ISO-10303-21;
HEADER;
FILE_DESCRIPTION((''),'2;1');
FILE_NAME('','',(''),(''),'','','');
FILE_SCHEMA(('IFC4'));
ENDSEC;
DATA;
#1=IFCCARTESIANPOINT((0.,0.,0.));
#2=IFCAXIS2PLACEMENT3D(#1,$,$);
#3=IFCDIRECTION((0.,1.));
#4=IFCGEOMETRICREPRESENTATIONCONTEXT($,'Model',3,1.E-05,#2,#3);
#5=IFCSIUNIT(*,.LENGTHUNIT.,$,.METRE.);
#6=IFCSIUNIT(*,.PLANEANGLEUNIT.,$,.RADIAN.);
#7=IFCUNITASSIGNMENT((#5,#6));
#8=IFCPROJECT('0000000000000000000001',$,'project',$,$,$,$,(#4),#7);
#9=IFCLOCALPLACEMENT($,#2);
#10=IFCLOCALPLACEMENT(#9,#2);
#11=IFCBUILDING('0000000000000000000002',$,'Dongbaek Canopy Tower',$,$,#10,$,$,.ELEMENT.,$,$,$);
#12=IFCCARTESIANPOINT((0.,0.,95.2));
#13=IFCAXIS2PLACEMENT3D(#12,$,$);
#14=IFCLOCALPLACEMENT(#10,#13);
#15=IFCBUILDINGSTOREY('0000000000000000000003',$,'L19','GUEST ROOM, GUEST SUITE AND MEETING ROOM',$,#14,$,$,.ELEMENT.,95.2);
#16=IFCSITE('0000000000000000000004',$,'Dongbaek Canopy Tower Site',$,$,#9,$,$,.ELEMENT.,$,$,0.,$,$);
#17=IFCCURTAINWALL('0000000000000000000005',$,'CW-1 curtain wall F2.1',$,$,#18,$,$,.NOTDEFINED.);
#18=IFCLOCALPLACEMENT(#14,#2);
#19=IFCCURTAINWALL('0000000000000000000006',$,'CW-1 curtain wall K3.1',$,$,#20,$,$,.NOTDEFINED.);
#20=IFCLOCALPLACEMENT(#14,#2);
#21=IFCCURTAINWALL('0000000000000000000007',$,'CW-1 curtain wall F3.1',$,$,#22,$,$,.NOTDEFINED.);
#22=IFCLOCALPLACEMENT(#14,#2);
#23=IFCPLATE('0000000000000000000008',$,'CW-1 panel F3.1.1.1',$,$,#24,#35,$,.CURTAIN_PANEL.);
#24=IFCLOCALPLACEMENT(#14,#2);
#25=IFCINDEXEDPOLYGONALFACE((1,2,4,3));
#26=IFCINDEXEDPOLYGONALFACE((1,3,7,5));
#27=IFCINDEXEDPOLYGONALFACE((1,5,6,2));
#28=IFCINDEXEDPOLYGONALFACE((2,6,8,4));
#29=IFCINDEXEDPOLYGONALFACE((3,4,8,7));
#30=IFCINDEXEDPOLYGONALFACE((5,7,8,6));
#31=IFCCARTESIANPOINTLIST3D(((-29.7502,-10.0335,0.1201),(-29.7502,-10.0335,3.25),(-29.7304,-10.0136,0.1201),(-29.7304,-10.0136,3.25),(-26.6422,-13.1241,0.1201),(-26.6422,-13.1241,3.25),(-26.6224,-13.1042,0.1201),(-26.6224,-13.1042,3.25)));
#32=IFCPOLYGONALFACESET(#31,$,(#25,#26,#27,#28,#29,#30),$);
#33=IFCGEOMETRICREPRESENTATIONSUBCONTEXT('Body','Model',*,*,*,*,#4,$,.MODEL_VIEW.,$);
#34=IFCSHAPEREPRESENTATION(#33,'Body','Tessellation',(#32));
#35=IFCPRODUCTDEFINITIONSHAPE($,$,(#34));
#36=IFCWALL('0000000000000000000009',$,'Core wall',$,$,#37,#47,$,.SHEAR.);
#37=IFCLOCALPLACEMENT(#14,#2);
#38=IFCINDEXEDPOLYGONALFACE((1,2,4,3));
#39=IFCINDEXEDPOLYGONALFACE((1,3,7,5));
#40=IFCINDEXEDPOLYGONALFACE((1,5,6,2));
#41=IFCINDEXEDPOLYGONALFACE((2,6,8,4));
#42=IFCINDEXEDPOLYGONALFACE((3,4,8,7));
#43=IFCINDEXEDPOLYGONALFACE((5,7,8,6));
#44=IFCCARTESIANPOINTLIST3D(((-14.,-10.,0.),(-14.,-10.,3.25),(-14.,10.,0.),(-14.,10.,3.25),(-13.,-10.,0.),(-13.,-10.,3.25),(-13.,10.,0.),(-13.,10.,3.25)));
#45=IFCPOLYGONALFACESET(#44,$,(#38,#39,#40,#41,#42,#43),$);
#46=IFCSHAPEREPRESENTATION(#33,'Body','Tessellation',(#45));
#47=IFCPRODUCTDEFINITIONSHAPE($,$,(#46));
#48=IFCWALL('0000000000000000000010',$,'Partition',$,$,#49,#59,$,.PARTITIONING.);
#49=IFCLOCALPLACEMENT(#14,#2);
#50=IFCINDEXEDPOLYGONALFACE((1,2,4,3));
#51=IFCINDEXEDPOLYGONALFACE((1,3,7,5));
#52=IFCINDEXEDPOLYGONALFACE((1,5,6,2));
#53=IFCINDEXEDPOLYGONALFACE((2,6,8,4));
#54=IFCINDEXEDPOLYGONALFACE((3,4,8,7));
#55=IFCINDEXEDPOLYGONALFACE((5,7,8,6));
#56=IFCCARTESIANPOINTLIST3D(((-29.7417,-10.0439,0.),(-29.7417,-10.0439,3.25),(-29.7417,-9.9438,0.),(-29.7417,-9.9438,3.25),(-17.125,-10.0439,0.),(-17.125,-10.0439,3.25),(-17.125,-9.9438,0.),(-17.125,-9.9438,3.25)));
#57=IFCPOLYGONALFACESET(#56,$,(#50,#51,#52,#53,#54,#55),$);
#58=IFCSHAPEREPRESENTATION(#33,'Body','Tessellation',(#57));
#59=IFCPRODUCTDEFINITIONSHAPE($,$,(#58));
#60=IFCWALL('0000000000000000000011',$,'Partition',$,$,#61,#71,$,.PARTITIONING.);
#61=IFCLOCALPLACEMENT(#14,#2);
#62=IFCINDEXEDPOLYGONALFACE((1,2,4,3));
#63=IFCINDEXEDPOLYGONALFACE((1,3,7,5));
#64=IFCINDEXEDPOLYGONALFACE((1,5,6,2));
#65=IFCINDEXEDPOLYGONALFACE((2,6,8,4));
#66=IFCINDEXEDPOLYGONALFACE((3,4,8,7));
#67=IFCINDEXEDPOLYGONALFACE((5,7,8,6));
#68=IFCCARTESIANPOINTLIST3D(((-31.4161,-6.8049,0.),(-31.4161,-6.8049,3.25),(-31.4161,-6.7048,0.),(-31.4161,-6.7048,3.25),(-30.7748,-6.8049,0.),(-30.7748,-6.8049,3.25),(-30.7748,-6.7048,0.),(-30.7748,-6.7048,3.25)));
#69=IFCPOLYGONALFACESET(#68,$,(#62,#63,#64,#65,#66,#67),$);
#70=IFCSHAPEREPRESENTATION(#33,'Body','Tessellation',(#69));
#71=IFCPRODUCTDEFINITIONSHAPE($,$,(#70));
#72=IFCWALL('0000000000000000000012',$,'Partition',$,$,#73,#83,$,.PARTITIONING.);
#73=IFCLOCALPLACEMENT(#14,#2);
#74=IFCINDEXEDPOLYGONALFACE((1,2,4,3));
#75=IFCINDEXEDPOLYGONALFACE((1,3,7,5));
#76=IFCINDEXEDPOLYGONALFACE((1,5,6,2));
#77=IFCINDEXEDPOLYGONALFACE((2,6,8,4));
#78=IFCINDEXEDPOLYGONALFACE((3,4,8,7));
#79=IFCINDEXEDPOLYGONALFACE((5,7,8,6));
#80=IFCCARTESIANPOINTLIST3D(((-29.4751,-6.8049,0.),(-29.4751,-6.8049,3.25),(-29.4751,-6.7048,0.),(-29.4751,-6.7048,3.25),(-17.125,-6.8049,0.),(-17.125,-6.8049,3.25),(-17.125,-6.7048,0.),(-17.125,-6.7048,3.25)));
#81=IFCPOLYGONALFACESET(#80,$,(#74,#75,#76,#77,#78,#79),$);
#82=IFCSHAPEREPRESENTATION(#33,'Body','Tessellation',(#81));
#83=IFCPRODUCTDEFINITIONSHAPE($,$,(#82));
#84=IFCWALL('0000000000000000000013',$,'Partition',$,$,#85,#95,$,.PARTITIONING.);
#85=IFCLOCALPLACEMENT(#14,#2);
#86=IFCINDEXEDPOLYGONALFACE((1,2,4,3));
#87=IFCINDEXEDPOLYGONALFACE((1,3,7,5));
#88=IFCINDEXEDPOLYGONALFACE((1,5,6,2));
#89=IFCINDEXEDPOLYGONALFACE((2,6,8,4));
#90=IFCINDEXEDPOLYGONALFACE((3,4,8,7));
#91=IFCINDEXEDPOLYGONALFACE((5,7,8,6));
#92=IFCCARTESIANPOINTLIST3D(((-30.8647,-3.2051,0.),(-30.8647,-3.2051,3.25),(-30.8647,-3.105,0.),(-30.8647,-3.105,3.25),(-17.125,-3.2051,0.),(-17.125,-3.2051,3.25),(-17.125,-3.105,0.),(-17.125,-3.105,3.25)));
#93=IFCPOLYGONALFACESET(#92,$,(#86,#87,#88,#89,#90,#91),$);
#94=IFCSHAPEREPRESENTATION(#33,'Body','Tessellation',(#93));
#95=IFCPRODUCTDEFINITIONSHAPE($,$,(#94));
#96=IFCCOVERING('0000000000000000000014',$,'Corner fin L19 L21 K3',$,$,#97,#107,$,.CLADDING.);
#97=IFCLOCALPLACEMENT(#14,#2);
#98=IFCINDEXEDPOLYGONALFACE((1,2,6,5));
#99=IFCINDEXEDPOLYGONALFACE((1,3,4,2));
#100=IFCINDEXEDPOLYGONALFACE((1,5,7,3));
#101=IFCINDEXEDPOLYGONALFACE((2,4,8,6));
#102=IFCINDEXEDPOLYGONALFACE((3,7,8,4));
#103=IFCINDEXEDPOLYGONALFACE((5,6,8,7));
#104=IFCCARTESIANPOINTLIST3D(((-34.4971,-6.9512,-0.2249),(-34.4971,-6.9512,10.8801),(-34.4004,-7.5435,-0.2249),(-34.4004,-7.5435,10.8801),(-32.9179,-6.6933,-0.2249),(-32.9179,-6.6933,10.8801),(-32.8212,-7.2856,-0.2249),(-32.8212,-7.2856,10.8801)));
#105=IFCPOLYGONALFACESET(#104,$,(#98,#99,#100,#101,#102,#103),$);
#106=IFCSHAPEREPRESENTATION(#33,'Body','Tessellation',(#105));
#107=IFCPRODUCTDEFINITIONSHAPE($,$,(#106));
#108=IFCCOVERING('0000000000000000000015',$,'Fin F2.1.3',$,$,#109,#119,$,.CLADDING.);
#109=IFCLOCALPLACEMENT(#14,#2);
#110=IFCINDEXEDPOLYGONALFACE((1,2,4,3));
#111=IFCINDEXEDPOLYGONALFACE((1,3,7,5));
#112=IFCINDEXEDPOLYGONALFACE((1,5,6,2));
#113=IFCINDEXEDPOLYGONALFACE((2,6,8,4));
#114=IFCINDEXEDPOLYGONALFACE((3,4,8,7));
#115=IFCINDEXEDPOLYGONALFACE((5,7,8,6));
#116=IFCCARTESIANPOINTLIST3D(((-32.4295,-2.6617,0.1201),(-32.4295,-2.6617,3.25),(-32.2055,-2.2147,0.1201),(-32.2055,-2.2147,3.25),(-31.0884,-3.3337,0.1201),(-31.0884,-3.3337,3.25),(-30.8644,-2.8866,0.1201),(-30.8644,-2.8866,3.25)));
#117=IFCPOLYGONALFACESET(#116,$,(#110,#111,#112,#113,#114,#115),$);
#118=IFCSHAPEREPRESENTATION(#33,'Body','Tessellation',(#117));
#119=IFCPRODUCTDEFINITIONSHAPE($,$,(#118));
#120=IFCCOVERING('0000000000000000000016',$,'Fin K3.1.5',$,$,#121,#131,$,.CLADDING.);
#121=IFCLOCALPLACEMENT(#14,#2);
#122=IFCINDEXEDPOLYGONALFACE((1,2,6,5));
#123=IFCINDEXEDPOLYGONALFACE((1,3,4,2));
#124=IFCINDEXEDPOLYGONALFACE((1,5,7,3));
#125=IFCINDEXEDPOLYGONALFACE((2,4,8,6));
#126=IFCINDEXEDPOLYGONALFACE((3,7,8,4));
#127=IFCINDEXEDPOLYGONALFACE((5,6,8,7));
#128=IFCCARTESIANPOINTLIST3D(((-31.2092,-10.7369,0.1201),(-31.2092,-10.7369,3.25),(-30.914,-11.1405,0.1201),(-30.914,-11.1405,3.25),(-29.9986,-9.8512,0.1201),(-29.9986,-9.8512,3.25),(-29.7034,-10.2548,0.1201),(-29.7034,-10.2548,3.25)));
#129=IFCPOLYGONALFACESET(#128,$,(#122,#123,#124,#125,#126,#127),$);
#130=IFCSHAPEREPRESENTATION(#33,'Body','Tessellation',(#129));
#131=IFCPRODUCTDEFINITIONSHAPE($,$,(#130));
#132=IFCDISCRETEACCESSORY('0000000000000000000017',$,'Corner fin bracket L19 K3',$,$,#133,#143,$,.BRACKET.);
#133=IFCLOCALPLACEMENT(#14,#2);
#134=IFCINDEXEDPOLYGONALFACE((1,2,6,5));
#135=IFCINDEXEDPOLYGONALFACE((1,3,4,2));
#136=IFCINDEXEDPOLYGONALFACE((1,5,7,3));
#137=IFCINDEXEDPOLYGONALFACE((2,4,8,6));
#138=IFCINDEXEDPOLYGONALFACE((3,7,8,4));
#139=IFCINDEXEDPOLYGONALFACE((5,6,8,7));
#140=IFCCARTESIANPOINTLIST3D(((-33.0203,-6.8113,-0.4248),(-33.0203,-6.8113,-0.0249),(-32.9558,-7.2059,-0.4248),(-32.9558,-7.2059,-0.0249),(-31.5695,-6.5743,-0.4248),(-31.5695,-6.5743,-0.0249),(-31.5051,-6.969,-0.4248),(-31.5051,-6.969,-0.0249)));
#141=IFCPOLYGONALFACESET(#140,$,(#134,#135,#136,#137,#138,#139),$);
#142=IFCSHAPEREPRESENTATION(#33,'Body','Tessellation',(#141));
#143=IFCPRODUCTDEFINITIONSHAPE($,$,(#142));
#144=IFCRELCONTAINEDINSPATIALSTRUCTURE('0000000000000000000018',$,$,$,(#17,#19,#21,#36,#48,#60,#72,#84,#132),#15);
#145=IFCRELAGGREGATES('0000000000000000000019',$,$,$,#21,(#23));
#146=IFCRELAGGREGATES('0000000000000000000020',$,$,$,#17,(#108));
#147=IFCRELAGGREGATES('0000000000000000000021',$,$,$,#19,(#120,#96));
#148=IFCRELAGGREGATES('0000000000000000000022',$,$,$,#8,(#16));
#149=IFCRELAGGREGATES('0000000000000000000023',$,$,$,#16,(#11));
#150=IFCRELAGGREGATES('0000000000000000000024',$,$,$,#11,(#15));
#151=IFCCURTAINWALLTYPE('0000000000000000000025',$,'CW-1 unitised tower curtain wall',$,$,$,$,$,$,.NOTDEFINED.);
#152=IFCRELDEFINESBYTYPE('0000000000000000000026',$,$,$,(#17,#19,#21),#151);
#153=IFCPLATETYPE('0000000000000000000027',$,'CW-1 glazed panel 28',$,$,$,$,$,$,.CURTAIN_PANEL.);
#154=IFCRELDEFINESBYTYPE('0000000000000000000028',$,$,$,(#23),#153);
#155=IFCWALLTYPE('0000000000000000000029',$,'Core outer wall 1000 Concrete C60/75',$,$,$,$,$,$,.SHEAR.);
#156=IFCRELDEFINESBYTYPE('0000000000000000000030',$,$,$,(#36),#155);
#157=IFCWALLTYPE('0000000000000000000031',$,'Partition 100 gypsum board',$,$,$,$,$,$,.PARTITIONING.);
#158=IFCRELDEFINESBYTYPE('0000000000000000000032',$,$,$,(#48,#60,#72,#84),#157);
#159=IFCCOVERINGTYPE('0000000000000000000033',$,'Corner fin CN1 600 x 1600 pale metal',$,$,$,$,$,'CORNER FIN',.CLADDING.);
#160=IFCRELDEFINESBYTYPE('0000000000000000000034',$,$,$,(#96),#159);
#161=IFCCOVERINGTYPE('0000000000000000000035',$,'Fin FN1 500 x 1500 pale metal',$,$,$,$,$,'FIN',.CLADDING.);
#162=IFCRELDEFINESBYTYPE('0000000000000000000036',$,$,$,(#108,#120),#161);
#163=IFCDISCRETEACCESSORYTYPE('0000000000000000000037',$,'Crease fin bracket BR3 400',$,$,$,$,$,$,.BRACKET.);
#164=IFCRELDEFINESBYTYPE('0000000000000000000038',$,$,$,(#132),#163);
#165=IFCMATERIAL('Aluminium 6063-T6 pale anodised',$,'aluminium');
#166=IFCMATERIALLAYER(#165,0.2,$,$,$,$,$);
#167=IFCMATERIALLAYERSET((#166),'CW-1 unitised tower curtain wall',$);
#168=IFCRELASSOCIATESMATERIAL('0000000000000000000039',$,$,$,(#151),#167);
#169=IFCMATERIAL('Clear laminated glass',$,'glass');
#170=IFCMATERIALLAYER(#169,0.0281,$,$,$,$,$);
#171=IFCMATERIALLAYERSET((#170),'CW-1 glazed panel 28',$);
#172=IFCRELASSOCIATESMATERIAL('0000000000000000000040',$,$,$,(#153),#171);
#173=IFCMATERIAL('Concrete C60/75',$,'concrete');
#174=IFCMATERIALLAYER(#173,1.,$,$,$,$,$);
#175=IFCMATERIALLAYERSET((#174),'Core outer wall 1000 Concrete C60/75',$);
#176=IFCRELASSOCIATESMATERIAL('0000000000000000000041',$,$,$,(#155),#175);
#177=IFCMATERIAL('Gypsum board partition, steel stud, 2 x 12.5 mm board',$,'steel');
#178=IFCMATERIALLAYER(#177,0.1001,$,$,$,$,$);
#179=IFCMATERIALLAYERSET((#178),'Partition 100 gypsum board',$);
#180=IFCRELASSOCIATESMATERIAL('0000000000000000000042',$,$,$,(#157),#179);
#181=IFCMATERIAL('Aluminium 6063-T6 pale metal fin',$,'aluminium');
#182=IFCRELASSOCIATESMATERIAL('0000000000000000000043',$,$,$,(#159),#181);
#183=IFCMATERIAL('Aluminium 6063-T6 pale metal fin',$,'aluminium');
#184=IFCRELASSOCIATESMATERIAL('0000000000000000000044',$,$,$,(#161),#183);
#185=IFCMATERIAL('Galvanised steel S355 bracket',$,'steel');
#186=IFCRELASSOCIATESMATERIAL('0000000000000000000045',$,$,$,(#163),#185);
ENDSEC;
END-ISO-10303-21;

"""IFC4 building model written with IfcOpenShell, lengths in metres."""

from ifc_helpers import new_model, si_unit, direction, frame, frame_2d, origin, origin_2d, place, context, subcontext, project, spatial, rectangle, extrude, material, layer, layer_set, material_profile, profile_set, type_object, element, aggregate, save


model = new_model("IFC4")

# Units and contexts
model_context = context("Model", 3, precision=1e-05, world=origin(), true_north=direction((0.0, 1.0)))
body_context = subcontext(model_context, "Body", "Model", "MODEL_VIEW")
ifc_project = project(units=[si_unit("LENGTHUNIT", "METRE"), si_unit("PLANEANGLEUNIT", "RADIAN")], contexts=[model_context])

# Site, building, storey
site_placement = place(None, origin())
site = spatial("IfcSite", under=ifc_project, at=site_placement, Name="Dongbaek Canopy Tower Site", CompositionType="ELEMENT", RefElevation=0.0)
building_placement = place(site_placement, origin())
building = spatial("IfcBuilding", under=site, at=building_placement, Name="Dongbaek Canopy Tower", CompositionType="ELEMENT")
storey_placement = place(building_placement, frame((0.0, 0.0, 95.2)))
storey = spatial("IfcBuildingStorey", under=building, at=storey_placement, Name="L19", Description="GUEST ROOM, GUEST SUITE AND MEETING ROOM", CompositionType="ELEMENT", Elevation=95.2)

# Curtain wall
ifc_material_1 = material(Name="Aluminium 6063-T6 pale anodised", Category="aluminium")
ifc_layer_1 = layer(ifc_material_1, 0.2)
ifc_layer_set_1 = layer_set([ifc_layer_1], Name="CW-1 unitised tower curtain wall")
curtain_wall_type = type_object("IfcCurtainWallType", Name="CW-1 unitised tower curtain wall", PredefinedType="NOTDEFINED", material=ifc_layer_set_1)
curtain_wall_1_placement = place(storey_placement, origin())
curtain_wall_1 = element("IfcCurtainWall", 1, at=curtain_wall_1_placement, inside=storey, type_object=curtain_wall_type, Name="CW-1 curtain wall F2.1", PredefinedType="NOTDEFINED")

# Curtain wall
curtain_wall_2_placement = place(storey_placement, origin())
curtain_wall_2 = element("IfcCurtainWall", 2, at=curtain_wall_2_placement, inside=storey, type_object=curtain_wall_type, Name="CW-1 curtain wall K3.1", PredefinedType="NOTDEFINED")

# Curtain wall
curtain_wall_3_placement = place(storey_placement, origin())
curtain_wall_3 = element("IfcCurtainWall", 3, at=curtain_wall_3_placement, inside=storey, type_object=curtain_wall_type, Name="CW-1 curtain wall F3.1", PredefinedType="NOTDEFINED")

# Plate
ifc_material_2 = material(Name="Clear laminated glass", Category="glass")
ifc_layer_2 = layer(ifc_material_2, 0.0281)
ifc_layer_set_2 = layer_set([ifc_layer_2], Name="CW-1 glazed panel 28")
plate_type = type_object("IfcPlateType", Name="CW-1 glazed panel 28", PredefinedType="CURTAIN_PANEL", material=ifc_layer_set_2)
plate_1_placement = place(storey_placement, frame((-28.1863, -11.5688, 0.1201), z_axis=(0.0, 0.0, 1.0), x_axis=(0.709103, -0.705105, 0.0)))
plate_1 = element("IfcPlate", 4, at=plate_1_placement, type_object=plate_type, Name="CW-1 panel F3.1.1.1", PredefinedType="CURTAIN_PANEL", context=body_context, shape_type="SweptSolid", body=[
    extrude(rectangle(XDim=4.3831, YDim=0.0281, at=origin_2d()), origin(), (0.0, 0.0, 1.0), 3.1299),
])
aggregate(curtain_wall_3, [plate_1])

# Walls
ifc_material_3 = material(Name="Concrete C60/75", Category="concrete")
ifc_layer_3 = layer(ifc_material_3, 1.0)
ifc_layer_set_3 = layer_set([ifc_layer_3], Name="Core outer wall 1000 Concrete C60/75")
wall_type_1 = type_object("IfcWallType", Name="Core outer wall 1000 Concrete C60/75", PredefinedType="SHEAR", material=ifc_layer_set_3)
wall_1_placement = place(storey_placement, frame((-13.5, -10.0, 0.0), z_axis=(0.0, 0.0, 1.0), x_axis=(0.0, 1.0, 0.0)))
element("IfcWall", 5, at=wall_1_placement, inside=storey, type_object=wall_type_1, Name="Core wall", PredefinedType="SHEAR", context=body_context, shape_type="SweptSolid", body=[
    extrude(rectangle(XDim=20.0, YDim=1.0, at=frame_2d((10.0, 0.0))), origin(), (0.0, 0.0, 1.0), 3.25),
])
ifc_material_4 = material(Name="Gypsum board partition, steel stud, 2 x 12.5 mm board", Category="steel")
ifc_layer_4 = layer(ifc_material_4, 0.1001)
ifc_layer_set_4 = layer_set([ifc_layer_4], Name="Partition 100 gypsum board")
wall_type_2 = type_object("IfcWallType", Name="Partition 100 gypsum board", PredefinedType="PARTITIONING", material=ifc_layer_set_4)
wall_2_placement = place(storey_placement, frame((-29.7417, -9.9939, 0.0), z_axis=(0.0, 0.0, 1.0), x_axis=(1.0, 0.0, 0.0)))
element("IfcWall", 6, at=wall_2_placement, inside=storey, type_object=wall_type_2, Name="Partition", PredefinedType="PARTITIONING", context=body_context, shape_type="SweptSolid", body=[
    extrude(rectangle(XDim=12.6167, YDim=0.1001, at=frame_2d((6.3083, 0.0))), origin(), (0.0, 0.0, 1.0), 3.25),
])
wall_3_placement = place(storey_placement, frame((-31.4163, -6.7549, 0.0), z_axis=(0.0, 0.0, 1.0), x_axis=(1.0, 0.0, 0.0)))
element("IfcWall", 7, at=wall_3_placement, inside=storey, type_object=wall_type_2, Name="Partition", PredefinedType="PARTITIONING", context=body_context, shape_type="SweptSolid", body=[
    extrude(rectangle(XDim=0.6414, YDim=0.1001, at=frame_2d((0.3208, 0.0))), origin(), (0.0, 0.0, 1.0), 3.25),
])
wall_4_placement = place(storey_placement, frame((-29.4751, -6.7549, 0.0), z_axis=(0.0, 0.0, 1.0), x_axis=(1.0, 0.0, 0.0)))
element("IfcWall", 8, at=wall_4_placement, inside=storey, type_object=wall_type_2, Name="Partition", PredefinedType="PARTITIONING", context=body_context, shape_type="SweptSolid", body=[
    extrude(rectangle(XDim=12.3501, YDim=0.1001, at=frame_2d((6.175, 0.0))), origin(), (0.0, 0.0, 1.0), 3.25),
])
wall_5_placement = place(storey_placement, frame((-30.8647, -3.155, 0.0), z_axis=(0.0, 0.0, 1.0), x_axis=(1.0, 0.0, 0.0)))
element("IfcWall", 9, at=wall_5_placement, inside=storey, type_object=wall_type_2, Name="Partition", PredefinedType="PARTITIONING", context=body_context, shape_type="SweptSolid", body=[
    extrude(rectangle(XDim=13.7397, YDim=0.1001, at=frame_2d((6.8699, 0.0))), origin(), (0.0, 0.0, 1.0), 3.25),
])

# Coverings
ifc_material_5 = material(Name="Aluminium 6063-T6 pale metal fin", Category="aluminium")
ifc_material_profile_1 = material_profile(ifc_material_5, rectangle(XDim=1.6001, YDim=0.6001, at=origin_2d()), Name="Corner fin CN1 600 x 1600 pale metal")
ifc_profile_set_1 = profile_set([ifc_material_profile_1], Name="Aluminium 6063-T6 pale metal fin")
covering_type_1 = type_object("IfcCoveringType", Name="Corner fin CN1 600 x 1600 pale metal", ElementType="CORNER FIN", PredefinedType="CLADDING", material=ifc_profile_set_1)
covering_1_placement = place(storey_placement, frame((-33.6592, -7.1184, -0.2249), z_axis=(0.0, 0.0, 1.0), x_axis=(-0.986927, -0.161168, 0.0)))
covering_1 = element("IfcCovering", 10, at=covering_1_placement, type_object=covering_type_1, Name="Corner fin L19 L21 K3", PredefinedType="CLADDING", context=body_context, shape_type="SweptSolid", body=[
    extrude(rectangle(XDim=1.6001, YDim=0.6001, at=origin_2d()), origin(), (0.0, 0.0, 1.0), 11.105),
])
ifc_material_6 = material(Name="Aluminium 6063-T6 pale metal fin", Category="aluminium")
ifc_material_profile_2 = material_profile(ifc_material_6, rectangle(XDim=1.5, YDim=0.5, at=origin_2d()), Name="Fin FN1 500 x 1500 pale metal")
ifc_profile_set_2 = profile_set([ifc_material_profile_2], Name="Aluminium 6063-T6 pale metal fin")
covering_type_2 = type_object("IfcCoveringType", Name="Fin FN1 500 x 1500 pale metal", ElementType="FIN", PredefinedType="CLADDING", material=ifc_profile_set_2)
covering_2_placement = place(storey_placement, frame((-31.647, -2.7742, 0.1201), z_axis=(0.0, 0.0, 1.0), x_axis=(-0.894056, 0.447956, 0.0)))
covering_2 = element("IfcCovering", 11, at=covering_2_placement, type_object=covering_type_2, Name="Fin F2.1.3", PredefinedType="CLADDING", context=body_context, shape_type="SweptSolid", body=[
    extrude(rectangle(XDim=1.5, YDim=0.5, at=origin_2d()), origin(), (0.0, 0.0, 1.0), 3.1299),
])
aggregate(curtain_wall_1, [covering_2])
covering_3_placement = place(storey_placement, frame((-30.4563, -10.4958, 0.1201), z_axis=(0.0, 0.0, 1.0), x_axis=(-0.807062, -0.590467, 0.0)))
covering_3 = element("IfcCovering", 12, at=covering_3_placement, type_object=covering_type_2, Name="Fin K3.1.5", PredefinedType="CLADDING", context=body_context, shape_type="SweptSolid", body=[
    extrude(rectangle(XDim=1.5, YDim=0.5, at=origin_2d()), origin(), (0.0, 0.0, 1.0), 3.1299),
])
aggregate(curtain_wall_2, [covering_3, covering_1])

# Discrete accessory
ifc_material_7 = material(Name="Galvanised steel S355 bracket", Category="steel")
discrete_accessory_type = type_object("IfcDiscreteAccessoryType", Name="Crease fin bracket BR3 400", PredefinedType="BRACKET", material=ifc_material_7)
discrete_accessory_placement = place(storey_placement, frame((-32.2627, -6.8901, -0.4248), z_axis=(0.0, 0.0, 1.0), x_axis=(-0.986927, -0.161168, 0.0)))
element("IfcDiscreteAccessory", 13, at=discrete_accessory_placement, inside=storey, type_object=discrete_accessory_type, Name="Corner fin bracket L19 K3", PredefinedType="BRACKET", context=body_context, shape_type="SweptSolid", body=[
    extrude(rectangle(XDim=1.47, YDim=0.3999, at=origin_2d()), origin(), (0.0, 0.0, 1.0), 0.3999),
])

save(model, "model.ifc")
